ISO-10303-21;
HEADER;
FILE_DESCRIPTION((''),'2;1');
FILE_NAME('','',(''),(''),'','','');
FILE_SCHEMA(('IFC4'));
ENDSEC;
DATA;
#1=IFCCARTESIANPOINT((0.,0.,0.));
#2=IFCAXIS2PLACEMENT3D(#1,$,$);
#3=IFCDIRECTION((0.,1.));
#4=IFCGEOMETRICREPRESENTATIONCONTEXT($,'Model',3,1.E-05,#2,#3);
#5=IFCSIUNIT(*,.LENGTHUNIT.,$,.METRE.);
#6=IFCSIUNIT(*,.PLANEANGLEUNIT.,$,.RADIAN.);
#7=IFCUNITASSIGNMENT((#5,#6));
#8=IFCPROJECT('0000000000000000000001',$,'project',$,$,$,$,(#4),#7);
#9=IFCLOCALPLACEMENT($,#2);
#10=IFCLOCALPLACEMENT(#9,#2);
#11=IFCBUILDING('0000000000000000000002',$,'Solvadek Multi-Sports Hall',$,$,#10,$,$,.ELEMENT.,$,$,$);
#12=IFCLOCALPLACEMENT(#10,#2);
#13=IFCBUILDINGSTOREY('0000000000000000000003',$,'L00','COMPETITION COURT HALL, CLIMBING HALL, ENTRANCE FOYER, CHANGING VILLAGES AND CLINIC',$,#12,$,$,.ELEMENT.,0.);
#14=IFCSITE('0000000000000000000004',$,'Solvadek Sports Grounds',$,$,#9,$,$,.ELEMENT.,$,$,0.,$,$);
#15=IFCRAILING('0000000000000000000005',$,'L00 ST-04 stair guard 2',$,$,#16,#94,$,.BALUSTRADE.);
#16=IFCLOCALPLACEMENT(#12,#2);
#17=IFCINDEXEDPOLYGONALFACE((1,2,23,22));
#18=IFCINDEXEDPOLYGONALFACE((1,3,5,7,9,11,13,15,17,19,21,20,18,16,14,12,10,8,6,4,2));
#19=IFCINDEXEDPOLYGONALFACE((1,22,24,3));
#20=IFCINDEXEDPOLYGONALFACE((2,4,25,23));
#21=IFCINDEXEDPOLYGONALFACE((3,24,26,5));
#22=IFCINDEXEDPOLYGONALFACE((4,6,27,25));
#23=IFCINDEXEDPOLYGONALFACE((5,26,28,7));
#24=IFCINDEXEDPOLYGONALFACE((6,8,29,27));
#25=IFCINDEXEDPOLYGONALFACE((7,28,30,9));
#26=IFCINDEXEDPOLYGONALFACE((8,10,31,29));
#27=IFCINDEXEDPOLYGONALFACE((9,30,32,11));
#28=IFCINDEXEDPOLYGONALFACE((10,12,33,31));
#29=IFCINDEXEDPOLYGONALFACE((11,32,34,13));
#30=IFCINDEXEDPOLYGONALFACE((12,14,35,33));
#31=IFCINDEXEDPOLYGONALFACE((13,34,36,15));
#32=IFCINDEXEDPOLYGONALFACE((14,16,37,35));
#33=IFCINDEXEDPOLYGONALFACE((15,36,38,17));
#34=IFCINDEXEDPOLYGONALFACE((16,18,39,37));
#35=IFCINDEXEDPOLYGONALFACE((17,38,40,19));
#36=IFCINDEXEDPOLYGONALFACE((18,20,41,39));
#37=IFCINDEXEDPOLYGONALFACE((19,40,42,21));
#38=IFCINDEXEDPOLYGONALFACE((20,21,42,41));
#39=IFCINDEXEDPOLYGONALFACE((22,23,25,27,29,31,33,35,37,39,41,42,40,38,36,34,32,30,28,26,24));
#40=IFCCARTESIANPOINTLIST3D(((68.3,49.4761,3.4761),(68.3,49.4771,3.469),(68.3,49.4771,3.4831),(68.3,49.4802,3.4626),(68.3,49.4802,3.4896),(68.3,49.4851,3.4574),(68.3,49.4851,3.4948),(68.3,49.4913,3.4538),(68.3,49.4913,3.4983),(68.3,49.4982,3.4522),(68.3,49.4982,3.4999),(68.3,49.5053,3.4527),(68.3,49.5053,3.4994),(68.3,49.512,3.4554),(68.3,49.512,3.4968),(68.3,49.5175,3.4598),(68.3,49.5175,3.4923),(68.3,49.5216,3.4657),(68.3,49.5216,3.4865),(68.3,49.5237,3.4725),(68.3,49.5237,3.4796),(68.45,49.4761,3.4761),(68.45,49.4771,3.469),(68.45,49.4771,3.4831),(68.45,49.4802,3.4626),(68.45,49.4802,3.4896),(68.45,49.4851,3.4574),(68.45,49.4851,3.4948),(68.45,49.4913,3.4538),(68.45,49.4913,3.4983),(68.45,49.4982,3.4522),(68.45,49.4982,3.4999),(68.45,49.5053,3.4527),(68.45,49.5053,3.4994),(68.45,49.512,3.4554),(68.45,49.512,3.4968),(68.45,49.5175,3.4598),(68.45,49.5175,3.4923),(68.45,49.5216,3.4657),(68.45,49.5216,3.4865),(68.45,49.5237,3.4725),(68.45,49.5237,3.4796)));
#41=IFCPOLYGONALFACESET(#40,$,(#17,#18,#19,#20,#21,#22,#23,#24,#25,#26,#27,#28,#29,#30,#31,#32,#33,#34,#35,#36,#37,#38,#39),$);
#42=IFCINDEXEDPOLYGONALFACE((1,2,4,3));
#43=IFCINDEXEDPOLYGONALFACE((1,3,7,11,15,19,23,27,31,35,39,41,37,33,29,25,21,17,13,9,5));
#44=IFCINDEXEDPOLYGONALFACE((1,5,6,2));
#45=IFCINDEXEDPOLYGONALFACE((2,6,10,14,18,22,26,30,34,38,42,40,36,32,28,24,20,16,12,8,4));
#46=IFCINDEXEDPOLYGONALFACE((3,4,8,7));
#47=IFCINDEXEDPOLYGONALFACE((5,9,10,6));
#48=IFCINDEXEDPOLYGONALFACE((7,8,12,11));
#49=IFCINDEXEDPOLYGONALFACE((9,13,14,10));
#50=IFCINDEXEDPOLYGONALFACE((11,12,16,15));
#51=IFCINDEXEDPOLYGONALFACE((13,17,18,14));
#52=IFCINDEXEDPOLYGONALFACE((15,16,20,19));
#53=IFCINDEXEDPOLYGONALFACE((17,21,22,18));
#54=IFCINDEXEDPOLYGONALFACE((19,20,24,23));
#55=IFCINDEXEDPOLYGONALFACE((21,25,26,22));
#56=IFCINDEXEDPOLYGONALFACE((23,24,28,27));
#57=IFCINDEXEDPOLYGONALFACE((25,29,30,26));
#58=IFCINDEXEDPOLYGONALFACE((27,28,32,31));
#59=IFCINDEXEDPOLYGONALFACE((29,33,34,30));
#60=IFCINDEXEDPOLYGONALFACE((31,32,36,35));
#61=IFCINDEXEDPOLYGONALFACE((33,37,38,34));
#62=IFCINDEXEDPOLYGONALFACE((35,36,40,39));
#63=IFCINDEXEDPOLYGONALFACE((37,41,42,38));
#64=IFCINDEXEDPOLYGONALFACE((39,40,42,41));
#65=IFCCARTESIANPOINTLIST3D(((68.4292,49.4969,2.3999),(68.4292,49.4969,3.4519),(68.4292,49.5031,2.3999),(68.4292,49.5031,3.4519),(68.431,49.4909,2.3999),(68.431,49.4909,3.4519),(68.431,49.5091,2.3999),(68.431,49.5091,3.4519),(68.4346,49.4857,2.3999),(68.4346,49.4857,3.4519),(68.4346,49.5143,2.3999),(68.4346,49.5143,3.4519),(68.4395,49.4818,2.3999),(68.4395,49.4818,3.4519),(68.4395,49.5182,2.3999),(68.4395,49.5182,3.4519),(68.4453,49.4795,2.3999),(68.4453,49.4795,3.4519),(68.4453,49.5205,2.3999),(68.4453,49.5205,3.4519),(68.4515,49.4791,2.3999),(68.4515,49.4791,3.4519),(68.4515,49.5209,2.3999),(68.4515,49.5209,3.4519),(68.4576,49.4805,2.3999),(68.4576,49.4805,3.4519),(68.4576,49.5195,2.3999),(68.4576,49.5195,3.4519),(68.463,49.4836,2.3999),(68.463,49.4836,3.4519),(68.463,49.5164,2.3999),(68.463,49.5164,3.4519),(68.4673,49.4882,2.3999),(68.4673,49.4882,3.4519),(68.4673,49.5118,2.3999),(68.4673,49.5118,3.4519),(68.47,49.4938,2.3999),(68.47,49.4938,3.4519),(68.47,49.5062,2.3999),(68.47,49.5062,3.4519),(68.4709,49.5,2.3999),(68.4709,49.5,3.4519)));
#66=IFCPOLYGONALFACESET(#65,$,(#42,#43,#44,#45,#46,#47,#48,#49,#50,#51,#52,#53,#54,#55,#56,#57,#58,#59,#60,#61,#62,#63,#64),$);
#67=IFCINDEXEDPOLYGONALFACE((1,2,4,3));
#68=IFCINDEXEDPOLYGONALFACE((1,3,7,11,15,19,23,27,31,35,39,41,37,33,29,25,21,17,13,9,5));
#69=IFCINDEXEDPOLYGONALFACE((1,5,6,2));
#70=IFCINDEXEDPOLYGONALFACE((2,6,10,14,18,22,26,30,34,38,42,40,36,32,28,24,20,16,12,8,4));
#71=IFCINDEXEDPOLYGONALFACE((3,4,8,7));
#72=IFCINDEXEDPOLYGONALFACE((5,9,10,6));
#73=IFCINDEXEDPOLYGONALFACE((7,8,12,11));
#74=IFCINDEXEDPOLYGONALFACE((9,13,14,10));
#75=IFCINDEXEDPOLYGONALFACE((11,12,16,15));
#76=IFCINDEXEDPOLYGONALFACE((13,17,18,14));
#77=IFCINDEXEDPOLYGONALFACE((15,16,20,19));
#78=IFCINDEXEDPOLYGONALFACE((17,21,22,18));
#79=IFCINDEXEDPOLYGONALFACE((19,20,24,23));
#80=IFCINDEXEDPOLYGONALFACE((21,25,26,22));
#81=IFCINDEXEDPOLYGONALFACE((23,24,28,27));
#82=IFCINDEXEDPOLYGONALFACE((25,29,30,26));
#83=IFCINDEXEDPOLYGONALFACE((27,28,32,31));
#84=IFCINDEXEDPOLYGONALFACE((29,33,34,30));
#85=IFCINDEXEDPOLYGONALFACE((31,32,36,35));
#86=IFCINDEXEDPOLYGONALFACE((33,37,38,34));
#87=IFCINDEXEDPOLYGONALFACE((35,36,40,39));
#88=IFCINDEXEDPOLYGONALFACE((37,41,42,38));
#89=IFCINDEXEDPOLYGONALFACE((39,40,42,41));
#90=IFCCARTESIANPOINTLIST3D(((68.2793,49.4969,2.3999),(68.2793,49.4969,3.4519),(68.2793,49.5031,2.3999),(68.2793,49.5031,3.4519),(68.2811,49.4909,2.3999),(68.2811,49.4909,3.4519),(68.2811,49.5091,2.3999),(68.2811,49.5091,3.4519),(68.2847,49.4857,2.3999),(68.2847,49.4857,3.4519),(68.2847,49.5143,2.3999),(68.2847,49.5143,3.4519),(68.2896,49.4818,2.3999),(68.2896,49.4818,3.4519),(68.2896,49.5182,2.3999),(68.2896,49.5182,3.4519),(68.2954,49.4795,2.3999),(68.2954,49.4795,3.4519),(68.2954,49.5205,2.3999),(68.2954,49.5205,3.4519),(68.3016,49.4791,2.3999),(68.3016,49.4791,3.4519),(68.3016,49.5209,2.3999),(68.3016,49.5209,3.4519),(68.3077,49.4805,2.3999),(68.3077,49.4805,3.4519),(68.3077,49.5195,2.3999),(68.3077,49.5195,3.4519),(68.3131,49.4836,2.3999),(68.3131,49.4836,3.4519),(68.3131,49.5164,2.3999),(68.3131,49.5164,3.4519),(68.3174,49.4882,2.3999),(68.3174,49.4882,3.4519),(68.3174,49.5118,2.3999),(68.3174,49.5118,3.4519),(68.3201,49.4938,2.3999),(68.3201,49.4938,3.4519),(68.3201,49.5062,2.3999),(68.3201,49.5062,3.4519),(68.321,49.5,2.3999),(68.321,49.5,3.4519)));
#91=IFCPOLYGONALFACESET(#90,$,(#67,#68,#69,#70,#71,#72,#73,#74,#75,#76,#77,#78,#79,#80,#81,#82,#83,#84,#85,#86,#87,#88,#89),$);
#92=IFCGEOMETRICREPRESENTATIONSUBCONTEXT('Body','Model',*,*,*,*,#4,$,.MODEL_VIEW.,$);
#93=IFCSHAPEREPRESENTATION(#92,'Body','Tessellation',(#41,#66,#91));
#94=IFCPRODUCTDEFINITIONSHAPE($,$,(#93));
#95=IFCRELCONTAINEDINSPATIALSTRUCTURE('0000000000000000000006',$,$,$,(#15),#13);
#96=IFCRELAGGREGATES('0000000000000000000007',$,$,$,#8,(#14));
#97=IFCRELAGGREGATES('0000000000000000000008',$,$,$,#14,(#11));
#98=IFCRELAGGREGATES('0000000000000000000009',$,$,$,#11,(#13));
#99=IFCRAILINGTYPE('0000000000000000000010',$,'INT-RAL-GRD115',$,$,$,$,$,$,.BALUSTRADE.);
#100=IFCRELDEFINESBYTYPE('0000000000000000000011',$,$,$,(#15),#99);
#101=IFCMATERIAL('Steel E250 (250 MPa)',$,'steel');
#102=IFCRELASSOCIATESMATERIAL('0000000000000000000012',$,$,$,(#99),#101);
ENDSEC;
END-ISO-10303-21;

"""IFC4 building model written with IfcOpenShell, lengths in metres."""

from ifc_helpers import new_model, si_unit, direction, frame, origin, origin_2d, place, context, subcontext, project, spatial, circle, extrude, material, type_object, element, save


model = new_model("IFC4")

# Units and contexts
model_context = context("Model", 3, precision=1e-05, world=origin(), true_north=direction((0.0, 1.0)))
body_context = subcontext(model_context, "Body", "Model", "MODEL_VIEW")
ifc_project = project(units=[si_unit("LENGTHUNIT", "METRE"), si_unit("PLANEANGLEUNIT", "RADIAN")], contexts=[model_context])

# Site, building, storey
site_placement = place(None, origin())
site = spatial("IfcSite", under=ifc_project, at=site_placement, Name="Solvadek Sports Grounds", CompositionType="ELEMENT", RefElevation=0.0)
building_placement = place(site_placement, origin())
building = spatial("IfcBuilding", under=site, at=building_placement, Name="Solvadek Multi-Sports Hall", CompositionType="ELEMENT")
storey_placement = place(building_placement, origin())
storey = spatial("IfcBuildingStorey", under=building, at=storey_placement, Name="L00", Description="COMPETITION COURT HALL, CLIMBING HALL, ENTRANCE FOYER, CHANGING VILLAGES AND CLINIC", CompositionType="ELEMENT", Elevation=0.0)

# Shared definitions
ifc_material_1 = material(Name="Steel E250 (250 MPa)", Category="steel")

# Railing
railing_type_1 = type_object("IfcRailingType", Name="INT-RAL-GRD115", PredefinedType="BALUSTRADE", material=ifc_material_1)
railing_1_placement = place(storey_placement, frame((68.45, 49.5, 2.3999)))
element("IfcRailing", 1, at=railing_1_placement, inside=storey, type_object=railing_type_1, Name="L00 ST-04 stair guard 2", PredefinedType="BALUSTRADE", context=body_context, shape_type="SweptSolid", body=[
    extrude(circle(Radius=0.0239, at=origin_2d()), frame((0.0, 0.0, 1.0762), z_axis=(-1.0, 0.0, 0.0), x_axis=(0.0, -1.0, 0.0)), (0.0, 0.0, 1.0), 0.1499),
    extrude(circle(Radius=0.021, at=origin_2d()), origin(), (0.0, 0.0, 1.0), 1.052),
    extrude(circle(Radius=0.021, at=origin_2d()), frame((-0.1499, 0.0, 0.0)), (0.0, 0.0, 1.0), 1.052),
])

save(model, "model.ifc")
